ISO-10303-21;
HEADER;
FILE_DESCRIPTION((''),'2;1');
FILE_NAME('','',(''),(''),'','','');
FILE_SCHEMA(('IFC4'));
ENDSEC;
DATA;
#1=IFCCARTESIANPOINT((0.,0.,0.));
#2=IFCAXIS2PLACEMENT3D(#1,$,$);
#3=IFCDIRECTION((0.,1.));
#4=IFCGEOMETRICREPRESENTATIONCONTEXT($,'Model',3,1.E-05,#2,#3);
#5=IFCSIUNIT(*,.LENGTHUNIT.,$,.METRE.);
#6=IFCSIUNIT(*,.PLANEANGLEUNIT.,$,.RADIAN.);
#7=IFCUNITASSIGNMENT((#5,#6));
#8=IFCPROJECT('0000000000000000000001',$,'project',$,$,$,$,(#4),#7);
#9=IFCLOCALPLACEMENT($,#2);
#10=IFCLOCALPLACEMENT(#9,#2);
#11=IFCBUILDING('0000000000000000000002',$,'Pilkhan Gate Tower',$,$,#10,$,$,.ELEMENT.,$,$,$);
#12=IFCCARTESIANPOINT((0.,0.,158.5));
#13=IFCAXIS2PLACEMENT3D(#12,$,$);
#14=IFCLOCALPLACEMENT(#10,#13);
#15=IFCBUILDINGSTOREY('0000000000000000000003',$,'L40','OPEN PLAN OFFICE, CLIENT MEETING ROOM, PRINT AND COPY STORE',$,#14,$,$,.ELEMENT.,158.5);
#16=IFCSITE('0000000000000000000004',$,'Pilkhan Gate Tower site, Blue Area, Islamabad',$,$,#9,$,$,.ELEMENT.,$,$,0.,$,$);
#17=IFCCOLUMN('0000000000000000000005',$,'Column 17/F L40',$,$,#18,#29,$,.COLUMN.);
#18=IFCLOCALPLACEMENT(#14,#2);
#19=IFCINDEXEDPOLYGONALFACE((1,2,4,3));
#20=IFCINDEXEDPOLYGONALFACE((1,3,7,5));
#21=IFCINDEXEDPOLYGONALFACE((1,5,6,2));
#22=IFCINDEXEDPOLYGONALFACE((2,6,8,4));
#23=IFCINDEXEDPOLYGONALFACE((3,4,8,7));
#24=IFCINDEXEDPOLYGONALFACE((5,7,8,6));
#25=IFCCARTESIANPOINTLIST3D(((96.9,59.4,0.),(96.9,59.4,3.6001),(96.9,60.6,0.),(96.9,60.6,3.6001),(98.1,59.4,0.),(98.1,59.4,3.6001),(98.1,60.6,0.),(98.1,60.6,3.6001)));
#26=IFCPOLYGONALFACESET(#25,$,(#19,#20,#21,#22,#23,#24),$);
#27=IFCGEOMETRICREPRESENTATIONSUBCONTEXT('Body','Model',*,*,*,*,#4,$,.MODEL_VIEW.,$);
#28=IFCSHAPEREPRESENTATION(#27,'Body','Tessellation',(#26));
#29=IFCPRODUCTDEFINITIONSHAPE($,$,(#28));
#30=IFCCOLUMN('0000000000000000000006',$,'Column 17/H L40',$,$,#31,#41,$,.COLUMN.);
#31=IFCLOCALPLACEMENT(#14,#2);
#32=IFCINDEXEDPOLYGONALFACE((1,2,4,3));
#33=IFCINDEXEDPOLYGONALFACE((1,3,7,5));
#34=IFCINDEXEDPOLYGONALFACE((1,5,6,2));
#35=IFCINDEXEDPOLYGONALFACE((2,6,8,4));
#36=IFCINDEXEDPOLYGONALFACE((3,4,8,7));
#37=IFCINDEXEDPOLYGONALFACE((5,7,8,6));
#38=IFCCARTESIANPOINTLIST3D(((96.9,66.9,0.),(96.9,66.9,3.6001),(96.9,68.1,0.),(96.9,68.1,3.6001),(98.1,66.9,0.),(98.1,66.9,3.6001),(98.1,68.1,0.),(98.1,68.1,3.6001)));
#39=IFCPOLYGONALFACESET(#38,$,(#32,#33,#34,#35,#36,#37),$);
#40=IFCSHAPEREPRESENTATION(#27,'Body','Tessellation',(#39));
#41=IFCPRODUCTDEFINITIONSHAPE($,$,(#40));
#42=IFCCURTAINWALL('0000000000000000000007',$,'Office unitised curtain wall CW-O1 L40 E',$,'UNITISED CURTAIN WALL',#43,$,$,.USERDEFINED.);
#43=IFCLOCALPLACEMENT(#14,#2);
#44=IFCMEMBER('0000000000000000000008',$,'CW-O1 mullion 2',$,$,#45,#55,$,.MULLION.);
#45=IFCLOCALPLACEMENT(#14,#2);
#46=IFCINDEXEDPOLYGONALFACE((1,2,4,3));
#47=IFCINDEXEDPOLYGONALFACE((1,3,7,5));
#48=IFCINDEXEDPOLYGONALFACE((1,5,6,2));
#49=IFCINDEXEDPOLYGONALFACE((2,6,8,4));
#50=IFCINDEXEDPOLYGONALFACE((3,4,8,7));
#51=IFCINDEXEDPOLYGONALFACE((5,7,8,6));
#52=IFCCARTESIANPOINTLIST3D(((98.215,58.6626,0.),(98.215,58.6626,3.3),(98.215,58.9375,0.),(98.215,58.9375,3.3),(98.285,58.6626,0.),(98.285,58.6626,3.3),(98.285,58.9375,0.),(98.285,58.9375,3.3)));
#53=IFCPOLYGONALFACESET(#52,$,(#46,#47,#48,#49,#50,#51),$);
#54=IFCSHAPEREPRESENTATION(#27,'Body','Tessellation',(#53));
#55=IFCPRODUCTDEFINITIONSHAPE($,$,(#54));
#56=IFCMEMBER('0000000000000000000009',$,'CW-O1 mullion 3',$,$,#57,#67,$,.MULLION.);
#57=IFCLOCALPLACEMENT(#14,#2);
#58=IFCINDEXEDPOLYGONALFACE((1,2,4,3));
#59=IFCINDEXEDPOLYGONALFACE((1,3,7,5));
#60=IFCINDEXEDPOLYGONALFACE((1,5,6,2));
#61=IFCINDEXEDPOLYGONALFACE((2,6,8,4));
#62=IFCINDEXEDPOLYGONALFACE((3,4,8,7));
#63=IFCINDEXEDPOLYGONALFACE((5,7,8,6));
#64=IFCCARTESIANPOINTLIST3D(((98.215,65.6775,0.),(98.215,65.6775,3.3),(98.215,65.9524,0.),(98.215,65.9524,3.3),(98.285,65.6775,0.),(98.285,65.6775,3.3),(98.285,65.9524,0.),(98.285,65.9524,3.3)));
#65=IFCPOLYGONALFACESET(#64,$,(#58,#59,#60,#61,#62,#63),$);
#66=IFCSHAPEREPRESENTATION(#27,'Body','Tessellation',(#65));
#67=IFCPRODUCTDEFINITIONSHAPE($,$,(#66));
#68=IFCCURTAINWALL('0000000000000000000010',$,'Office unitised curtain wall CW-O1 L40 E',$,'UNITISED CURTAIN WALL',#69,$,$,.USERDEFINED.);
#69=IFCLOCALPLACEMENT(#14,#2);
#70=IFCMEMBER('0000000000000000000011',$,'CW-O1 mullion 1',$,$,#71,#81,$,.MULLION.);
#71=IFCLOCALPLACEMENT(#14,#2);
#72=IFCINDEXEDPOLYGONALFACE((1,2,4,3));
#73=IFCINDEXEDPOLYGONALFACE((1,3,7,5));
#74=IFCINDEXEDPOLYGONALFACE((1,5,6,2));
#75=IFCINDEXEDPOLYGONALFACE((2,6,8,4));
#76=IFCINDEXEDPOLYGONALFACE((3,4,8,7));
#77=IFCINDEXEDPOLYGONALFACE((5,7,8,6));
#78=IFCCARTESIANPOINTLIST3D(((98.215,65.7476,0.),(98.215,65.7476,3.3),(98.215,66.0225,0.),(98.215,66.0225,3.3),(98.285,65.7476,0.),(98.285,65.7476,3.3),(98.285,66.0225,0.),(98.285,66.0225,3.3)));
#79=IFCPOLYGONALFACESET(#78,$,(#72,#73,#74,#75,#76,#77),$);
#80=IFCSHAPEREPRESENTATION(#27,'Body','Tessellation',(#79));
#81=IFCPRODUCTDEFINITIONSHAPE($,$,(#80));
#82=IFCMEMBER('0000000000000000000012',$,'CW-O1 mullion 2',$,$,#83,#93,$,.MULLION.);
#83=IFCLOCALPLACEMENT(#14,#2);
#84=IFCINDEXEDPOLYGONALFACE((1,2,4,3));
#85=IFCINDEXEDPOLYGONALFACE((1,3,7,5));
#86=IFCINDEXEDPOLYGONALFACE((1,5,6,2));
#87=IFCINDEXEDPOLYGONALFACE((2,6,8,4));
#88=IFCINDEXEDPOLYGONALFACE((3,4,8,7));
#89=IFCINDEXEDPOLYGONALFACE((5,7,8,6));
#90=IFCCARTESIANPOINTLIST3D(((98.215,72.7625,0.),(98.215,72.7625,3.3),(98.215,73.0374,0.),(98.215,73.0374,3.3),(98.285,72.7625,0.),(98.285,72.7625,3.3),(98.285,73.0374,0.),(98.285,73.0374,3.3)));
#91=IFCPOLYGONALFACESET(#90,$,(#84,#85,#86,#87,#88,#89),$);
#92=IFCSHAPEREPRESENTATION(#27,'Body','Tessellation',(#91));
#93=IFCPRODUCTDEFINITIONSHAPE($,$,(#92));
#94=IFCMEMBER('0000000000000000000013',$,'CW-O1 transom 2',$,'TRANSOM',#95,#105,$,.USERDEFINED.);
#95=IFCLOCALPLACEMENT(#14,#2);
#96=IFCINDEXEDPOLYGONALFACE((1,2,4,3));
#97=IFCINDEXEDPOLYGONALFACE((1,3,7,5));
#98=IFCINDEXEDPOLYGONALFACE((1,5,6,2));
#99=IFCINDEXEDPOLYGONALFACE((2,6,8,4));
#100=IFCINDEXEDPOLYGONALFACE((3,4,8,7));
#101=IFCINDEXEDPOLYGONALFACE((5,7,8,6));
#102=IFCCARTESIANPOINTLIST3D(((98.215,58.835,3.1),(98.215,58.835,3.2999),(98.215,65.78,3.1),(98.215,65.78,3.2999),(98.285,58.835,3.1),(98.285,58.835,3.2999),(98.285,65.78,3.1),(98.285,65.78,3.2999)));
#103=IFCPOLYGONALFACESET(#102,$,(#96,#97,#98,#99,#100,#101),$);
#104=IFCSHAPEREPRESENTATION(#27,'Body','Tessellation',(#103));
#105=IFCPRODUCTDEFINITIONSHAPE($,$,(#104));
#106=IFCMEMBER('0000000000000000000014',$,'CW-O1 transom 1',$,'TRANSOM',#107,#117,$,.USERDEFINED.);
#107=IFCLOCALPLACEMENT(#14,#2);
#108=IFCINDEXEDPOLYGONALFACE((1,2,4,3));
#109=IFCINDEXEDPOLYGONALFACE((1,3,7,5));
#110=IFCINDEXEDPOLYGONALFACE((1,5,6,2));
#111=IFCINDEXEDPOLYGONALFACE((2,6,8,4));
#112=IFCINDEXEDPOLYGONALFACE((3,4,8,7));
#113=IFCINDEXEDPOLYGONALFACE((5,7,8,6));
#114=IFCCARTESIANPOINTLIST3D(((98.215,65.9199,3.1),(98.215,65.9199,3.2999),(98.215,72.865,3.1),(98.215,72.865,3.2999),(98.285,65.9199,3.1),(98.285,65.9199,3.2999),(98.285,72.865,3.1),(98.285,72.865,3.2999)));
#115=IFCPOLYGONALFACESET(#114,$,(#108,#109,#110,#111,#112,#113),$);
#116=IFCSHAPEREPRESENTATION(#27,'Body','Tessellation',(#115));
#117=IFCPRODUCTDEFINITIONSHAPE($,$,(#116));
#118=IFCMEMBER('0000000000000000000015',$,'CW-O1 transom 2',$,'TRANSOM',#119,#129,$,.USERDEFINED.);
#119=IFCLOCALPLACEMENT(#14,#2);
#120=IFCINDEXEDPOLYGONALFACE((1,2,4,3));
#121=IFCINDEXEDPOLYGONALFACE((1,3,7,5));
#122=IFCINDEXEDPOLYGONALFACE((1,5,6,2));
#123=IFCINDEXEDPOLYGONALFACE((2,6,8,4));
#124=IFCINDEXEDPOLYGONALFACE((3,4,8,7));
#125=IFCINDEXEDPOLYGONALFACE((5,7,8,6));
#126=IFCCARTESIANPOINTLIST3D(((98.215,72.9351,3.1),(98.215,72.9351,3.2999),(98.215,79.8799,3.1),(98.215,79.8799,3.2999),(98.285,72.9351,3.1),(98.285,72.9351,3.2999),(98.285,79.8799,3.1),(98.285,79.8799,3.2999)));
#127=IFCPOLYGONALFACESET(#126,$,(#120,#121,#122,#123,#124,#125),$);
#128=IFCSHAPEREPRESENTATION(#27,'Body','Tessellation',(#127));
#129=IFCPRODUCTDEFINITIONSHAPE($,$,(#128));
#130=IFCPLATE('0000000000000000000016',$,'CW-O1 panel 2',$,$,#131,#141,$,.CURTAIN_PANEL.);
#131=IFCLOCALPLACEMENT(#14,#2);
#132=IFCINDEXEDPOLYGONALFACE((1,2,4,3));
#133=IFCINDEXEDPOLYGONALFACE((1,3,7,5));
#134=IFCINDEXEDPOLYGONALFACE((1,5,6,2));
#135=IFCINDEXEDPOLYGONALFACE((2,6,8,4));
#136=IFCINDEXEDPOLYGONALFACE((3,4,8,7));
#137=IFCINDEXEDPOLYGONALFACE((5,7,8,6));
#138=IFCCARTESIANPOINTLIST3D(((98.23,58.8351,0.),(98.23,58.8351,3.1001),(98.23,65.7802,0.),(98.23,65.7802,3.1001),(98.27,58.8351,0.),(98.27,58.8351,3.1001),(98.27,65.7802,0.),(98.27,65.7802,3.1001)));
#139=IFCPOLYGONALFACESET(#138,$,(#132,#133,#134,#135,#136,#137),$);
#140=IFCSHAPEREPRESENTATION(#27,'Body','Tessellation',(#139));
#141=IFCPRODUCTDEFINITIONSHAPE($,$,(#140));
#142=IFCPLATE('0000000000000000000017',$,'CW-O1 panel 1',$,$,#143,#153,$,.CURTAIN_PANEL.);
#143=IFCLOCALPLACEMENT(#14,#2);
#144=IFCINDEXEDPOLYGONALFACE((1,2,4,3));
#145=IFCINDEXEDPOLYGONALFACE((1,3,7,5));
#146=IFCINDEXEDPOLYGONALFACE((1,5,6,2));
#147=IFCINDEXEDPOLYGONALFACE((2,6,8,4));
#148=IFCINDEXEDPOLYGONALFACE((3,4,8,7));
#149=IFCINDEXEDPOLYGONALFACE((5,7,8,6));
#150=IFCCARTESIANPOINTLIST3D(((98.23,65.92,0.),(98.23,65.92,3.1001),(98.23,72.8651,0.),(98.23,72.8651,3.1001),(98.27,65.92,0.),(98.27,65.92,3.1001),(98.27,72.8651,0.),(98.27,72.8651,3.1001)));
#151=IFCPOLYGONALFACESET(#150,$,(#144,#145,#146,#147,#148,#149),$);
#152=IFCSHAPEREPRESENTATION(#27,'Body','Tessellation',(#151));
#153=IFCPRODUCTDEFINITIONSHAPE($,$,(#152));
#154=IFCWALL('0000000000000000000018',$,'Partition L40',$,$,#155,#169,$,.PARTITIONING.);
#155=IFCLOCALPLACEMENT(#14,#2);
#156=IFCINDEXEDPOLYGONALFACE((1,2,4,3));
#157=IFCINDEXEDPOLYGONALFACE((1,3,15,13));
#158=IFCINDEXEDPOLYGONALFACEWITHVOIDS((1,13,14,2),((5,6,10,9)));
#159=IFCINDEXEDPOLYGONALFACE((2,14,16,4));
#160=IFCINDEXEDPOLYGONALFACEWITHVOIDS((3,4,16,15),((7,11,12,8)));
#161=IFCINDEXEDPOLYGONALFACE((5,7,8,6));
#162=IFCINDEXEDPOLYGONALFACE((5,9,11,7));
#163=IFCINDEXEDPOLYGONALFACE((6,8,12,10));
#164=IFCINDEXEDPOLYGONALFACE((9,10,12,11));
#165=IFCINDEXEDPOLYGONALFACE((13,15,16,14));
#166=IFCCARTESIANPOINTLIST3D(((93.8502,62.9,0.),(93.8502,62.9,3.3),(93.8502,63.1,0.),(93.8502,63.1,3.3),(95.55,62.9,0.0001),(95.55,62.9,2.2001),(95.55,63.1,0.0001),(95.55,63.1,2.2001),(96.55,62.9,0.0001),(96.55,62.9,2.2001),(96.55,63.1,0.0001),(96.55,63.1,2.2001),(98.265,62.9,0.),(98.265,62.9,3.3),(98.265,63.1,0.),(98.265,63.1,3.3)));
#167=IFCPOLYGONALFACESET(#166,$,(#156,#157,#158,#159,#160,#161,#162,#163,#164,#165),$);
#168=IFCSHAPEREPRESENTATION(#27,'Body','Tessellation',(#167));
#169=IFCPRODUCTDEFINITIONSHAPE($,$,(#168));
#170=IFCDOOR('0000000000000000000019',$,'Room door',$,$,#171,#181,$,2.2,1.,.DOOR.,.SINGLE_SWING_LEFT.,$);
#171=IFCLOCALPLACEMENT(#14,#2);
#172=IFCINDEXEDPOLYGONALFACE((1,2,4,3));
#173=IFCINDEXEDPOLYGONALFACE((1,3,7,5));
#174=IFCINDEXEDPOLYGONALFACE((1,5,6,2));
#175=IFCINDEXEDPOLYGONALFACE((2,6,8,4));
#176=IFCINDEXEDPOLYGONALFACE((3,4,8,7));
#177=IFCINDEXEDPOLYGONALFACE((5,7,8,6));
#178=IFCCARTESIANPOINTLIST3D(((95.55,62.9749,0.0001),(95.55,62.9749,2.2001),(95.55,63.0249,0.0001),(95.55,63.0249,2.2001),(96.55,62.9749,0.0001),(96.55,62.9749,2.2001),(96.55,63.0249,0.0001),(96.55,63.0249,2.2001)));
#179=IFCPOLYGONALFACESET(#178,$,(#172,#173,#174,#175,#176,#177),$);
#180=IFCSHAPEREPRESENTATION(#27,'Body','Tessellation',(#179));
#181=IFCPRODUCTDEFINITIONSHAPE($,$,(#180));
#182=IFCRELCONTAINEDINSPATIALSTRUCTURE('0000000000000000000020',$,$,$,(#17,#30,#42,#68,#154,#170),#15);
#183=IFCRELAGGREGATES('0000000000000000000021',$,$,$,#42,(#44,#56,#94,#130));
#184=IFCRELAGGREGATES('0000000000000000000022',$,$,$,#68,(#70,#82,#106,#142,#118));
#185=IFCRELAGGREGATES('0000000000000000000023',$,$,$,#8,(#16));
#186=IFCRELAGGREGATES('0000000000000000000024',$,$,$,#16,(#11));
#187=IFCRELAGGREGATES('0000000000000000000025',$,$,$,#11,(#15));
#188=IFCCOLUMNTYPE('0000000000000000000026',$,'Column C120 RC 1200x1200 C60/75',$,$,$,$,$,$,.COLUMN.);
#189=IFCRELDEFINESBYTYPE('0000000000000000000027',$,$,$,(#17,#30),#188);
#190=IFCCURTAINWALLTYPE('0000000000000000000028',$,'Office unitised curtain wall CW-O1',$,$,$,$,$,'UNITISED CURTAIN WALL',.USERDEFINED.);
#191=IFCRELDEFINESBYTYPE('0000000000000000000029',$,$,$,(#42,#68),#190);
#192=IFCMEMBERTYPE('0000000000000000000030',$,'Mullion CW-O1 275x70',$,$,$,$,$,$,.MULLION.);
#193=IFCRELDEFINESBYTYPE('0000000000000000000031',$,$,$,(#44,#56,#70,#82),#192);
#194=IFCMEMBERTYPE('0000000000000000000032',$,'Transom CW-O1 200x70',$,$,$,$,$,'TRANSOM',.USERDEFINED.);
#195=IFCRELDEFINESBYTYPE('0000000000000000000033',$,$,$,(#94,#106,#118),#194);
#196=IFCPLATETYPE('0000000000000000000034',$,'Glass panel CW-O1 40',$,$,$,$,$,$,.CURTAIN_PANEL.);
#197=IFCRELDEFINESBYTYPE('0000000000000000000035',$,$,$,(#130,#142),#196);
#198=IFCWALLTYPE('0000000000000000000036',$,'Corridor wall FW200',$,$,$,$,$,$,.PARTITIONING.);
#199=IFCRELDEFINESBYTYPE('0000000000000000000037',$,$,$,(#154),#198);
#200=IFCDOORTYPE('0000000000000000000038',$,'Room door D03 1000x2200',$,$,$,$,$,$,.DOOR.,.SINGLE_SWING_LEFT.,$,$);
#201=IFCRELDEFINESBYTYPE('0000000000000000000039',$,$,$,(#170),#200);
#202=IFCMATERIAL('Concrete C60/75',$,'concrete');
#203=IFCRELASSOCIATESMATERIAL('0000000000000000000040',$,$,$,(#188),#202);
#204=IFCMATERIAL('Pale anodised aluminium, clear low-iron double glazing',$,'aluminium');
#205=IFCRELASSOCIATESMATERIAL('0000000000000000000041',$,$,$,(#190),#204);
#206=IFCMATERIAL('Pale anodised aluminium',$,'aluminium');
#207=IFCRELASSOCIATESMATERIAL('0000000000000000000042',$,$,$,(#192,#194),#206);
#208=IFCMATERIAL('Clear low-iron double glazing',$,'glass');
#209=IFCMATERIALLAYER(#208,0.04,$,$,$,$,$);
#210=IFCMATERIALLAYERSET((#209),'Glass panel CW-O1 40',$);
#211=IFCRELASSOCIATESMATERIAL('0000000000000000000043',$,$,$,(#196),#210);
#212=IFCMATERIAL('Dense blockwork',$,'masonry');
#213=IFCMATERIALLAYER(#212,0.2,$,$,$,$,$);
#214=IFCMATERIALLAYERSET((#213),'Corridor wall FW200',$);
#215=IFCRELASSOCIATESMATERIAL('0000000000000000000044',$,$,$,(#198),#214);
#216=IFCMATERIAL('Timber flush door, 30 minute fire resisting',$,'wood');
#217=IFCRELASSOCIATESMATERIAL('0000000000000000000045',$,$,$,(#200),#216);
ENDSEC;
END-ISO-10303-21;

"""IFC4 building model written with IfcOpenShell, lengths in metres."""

from ifc_helpers import new_model, si_unit, direction, frame, frame_2d, origin, origin_2d, place, context, subcontext, project, spatial, rectangle, extrude, material, layer, layer_set, material_profile, profile_set, type_object, element, fill, aggregate, save


model = new_model("IFC4")

# Units and contexts
model_context = context("Model", 3, precision=1e-05, world=origin(), true_north=direction((0.0, 1.0)))
body_context = subcontext(model_context, "Body", "Model", "MODEL_VIEW")
ifc_project = project(units=[si_unit("LENGTHUNIT", "METRE"), si_unit("PLANEANGLEUNIT", "RADIAN")], contexts=[model_context])

# Site, building, storey
site_placement = place(None, origin())
site = spatial("IfcSite", under=ifc_project, at=site_placement, Name="Pilkhan Gate Tower site, Blue Area, Islamabad", CompositionType="ELEMENT", RefElevation=0.0)
building_placement = place(site_placement, origin())
building = spatial("IfcBuilding", under=site, at=building_placement, Name="Pilkhan Gate Tower", CompositionType="ELEMENT")
storey_placement = place(building_placement, frame((0.0, 0.0, 158.5)))
storey = spatial("IfcBuildingStorey", under=building, at=storey_placement, Name="L40", Description="OPEN PLAN OFFICE, CLIENT MEETING ROOM, PRINT AND COPY STORE", CompositionType="ELEMENT", Elevation=158.5)

# Columns
ifc_material_1 = material(Name="Concrete C60/75", Category="concrete")
ifc_material_profile_1 = material_profile(ifc_material_1, rectangle(XDim=1.2, YDim=1.2, at=origin_2d()), Name="RC 1200x1200")
ifc_profile_set_1 = profile_set([ifc_material_profile_1], Name="Concrete C60/75")
column_type = type_object("IfcColumnType", Name="Column C120 RC 1200x1200 C60/75", PredefinedType="COLUMN", material=ifc_profile_set_1)
for number, where, z_axis, x_axis, name in (
    (1, (97.5, 60.0, 0.0), (0.0, 0.0, 1.0), (1.0, 0.0, 0.0), "Column 17/F L40"),
    (2, (97.5, 67.5, 0.0), (0.0, 0.0, 1.0), (1.0, 0.0, 0.0), "Column 17/H L40"),
):
    element("IfcColumn", number, at=place(storey_placement, frame(where, z_axis=z_axis, x_axis=x_axis)), inside=storey, type_object=column_type, Name=name, PredefinedType="COLUMN", context=body_context, shape_type="SweptSolid", body=[
        extrude(rectangle(XDim=1.2, YDim=1.2, at=origin_2d()), origin(), (0.0, 0.0, 1.0), 3.6001),
    ])

# Curtain walls, members
ifc_material_2 = material(Name="Pale anodised aluminium, clear low-iron double glazing", Category="aluminium")
curtain_wall_type = type_object("IfcCurtainWallType", Name="Office unitised curtain wall CW-O1", ElementType="UNITISED CURTAIN WALL", PredefinedType="USERDEFINED", material=ifc_material_2)
curtain_wall_1_placement = place(storey_placement, origin())
curtain_wall_1 = element("IfcCurtainWall", 3, at=curtain_wall_1_placement, inside=storey, type_object=curtain_wall_type, Name="Office unitised curtain wall CW-O1 L40 E", ObjectType="UNITISED CURTAIN WALL", PredefinedType="USERDEFINED")
ifc_material_3 = material(Name="Pale anodised aluminium", Category="aluminium")
ifc_material_profile_2 = material_profile(ifc_material_3, rectangle(XDim=0.0701, YDim=0.2749, at=origin_2d()), Name="Mullion 275x70")
ifc_profile_set_2 = profile_set([ifc_material_profile_2], Name="Pale anodised aluminium")
member_type_1 = type_object("IfcMemberType", Name="Mullion CW-O1 275x70", PredefinedType="MULLION", material=ifc_profile_set_2)
member_1_placement = place(storey_placement, frame((98.25, 58.8, 0.0), z_axis=(0.0, 0.0, 1.0), x_axis=(-1.0, 0.0, 0.0)))
member_1 = element("IfcMember", 4, at=member_1_placement, type_object=member_type_1, Name="CW-O1 mullion 2", PredefinedType="MULLION", context=body_context, shape_type="SweptSolid", body=[
    extrude(rectangle(XDim=0.0701, YDim=0.2749, at=origin_2d()), origin(), (0.0, 0.0, 1.0), 3.3),
])
member_2_placement = place(storey_placement, frame((98.25, 65.8149, 0.0), z_axis=(0.0, 0.0, 1.0), x_axis=(-1.0, 0.0, 0.0)))
member_2 = element("IfcMember", 5, at=member_2_placement, type_object=member_type_1, Name="CW-O1 mullion 3", PredefinedType="MULLION", context=body_context, shape_type="SweptSolid", body=[
    extrude(rectangle(XDim=0.0701, YDim=0.2749, at=origin_2d()), origin(), (0.0, 0.0, 1.0), 3.3),
])
curtain_wall_2_placement = place(storey_placement, origin())
curtain_wall_2 = element("IfcCurtainWall", 6, at=curtain_wall_2_placement, inside=storey, type_object=curtain_wall_type, Name="Office unitised curtain wall CW-O1 L40 E", ObjectType="UNITISED CURTAIN WALL", PredefinedType="USERDEFINED")
member_3_placement = place(storey_placement, frame((98.25, 65.885, 0.0), z_axis=(0.0, 0.0, 1.0), x_axis=(-1.0, 0.0, 0.0)))
member_3 = element("IfcMember", 7, at=member_3_placement, type_object=member_type_1, Name="CW-O1 mullion 1", PredefinedType="MULLION", context=body_context, shape_type="SweptSolid", body=[
    extrude(rectangle(XDim=0.0701, YDim=0.2749, at=origin_2d()), origin(), (0.0, 0.0, 1.0), 3.3),
])
member_4_placement = place(storey_placement, frame((98.25, 72.8999, 0.0), z_axis=(0.0, 0.0, 1.0), x_axis=(-1.0, 0.0, 0.0)))
member_4 = element("IfcMember", 8, at=member_4_placement, type_object=member_type_1, Name="CW-O1 mullion 2", PredefinedType="MULLION", context=body_context, shape_type="SweptSolid", body=[
    extrude(rectangle(XDim=0.0701, YDim=0.2749, at=origin_2d()), origin(), (0.0, 0.0, 1.0), 3.3),
])

# Members
ifc_material_profile_3 = material_profile(ifc_material_3, rectangle(XDim=0.0701, YDim=0.2, at=origin_2d()), Name="Transom 200x70")
ifc_profile_set_3 = profile_set([ifc_material_profile_3], Name="Pale anodised aluminium")
member_type_2 = type_object("IfcMemberType", Name="Transom CW-O1 200x70", ElementType="TRANSOM", PredefinedType="USERDEFINED", material=ifc_profile_set_3)
member_5_placement = place(storey_placement, frame((98.25, 58.835, 3.2), z_axis=(0.0, 1.0, 0.0), x_axis=(-1.0, 0.0, 0.0)))
member_5 = element("IfcMember", 9, at=member_5_placement, type_object=member_type_2, Name="CW-O1 transom 2", ObjectType="TRANSOM", PredefinedType="USERDEFINED", context=body_context, shape_type="SweptSolid", body=[
    extrude(rectangle(XDim=0.0701, YDim=0.2, at=origin_2d()), origin(), (0.0, 0.0, 1.0), 6.9451),
])
member_6_placement = place(storey_placement, frame((98.25, 65.9199, 3.2), z_axis=(0.0, 1.0, 0.0), x_axis=(-1.0, 0.0, 0.0)))
member_6 = element("IfcMember", 10, at=member_6_placement, type_object=member_type_2, Name="CW-O1 transom 1", ObjectType="TRANSOM", PredefinedType="USERDEFINED", context=body_context, shape_type="SweptSolid", body=[
    extrude(rectangle(XDim=0.0701, YDim=0.2, at=origin_2d()), origin(), (0.0, 0.0, 1.0), 6.9451),
])
member_7_placement = place(storey_placement, frame((98.25, 72.9351, 3.2), z_axis=(0.0, 1.0, 0.0), x_axis=(-1.0, 0.0, 0.0)))
member_7 = element("IfcMember", 11, at=member_7_placement, type_object=member_type_2, Name="CW-O1 transom 2", ObjectType="TRANSOM", PredefinedType="USERDEFINED", context=body_context, shape_type="SweptSolid", body=[
    extrude(rectangle(XDim=0.0701, YDim=0.2, at=origin_2d()), origin(), (0.0, 0.0, 1.0), 6.9448),
])

# Plates
ifc_material_4 = material(Name="Clear low-iron double glazing", Category="glass")
ifc_layer_1 = layer(ifc_material_4, 0.04)
ifc_layer_set_1 = layer_set([ifc_layer_1], Name="Glass panel CW-O1 40")
plate_type = type_object("IfcPlateType", Name="Glass panel CW-O1 40", PredefinedType="CURTAIN_PANEL", material=ifc_layer_set_1)
plate_1_placement = place(storey_placement, frame((98.25, 62.3076, 0.0), z_axis=(0.0, 0.0, 1.0), x_axis=(0.0, 1.0, 0.0)))
plate_1 = element("IfcPlate", 12, at=plate_1_placement, type_object=plate_type, Name="CW-O1 panel 2", PredefinedType="CURTAIN_PANEL", context=body_context, shape_type="SweptSolid", body=[
    extrude(rectangle(XDim=6.9451, YDim=0.04, at=origin_2d()), origin(), (0.0, 0.0, 1.0), 3.1001),
])
aggregate(curtain_wall_1, [member_1, member_2, member_5, plate_1])
plate_2_placement = place(storey_placement, frame((98.25, 69.3926, 0.0), z_axis=(0.0, 0.0, 1.0), x_axis=(0.0, 1.0, 0.0)))
plate_2 = element("IfcPlate", 13, at=plate_2_placement, type_object=plate_type, Name="CW-O1 panel 1", PredefinedType="CURTAIN_PANEL", context=body_context, shape_type="SweptSolid", body=[
    extrude(rectangle(XDim=6.9451, YDim=0.04, at=origin_2d()), origin(), (0.0, 0.0, 1.0), 3.1001),
])
aggregate(curtain_wall_2, [member_3, member_4, member_6, plate_2, member_7])

# Wall, opening, door
ifc_material_5 = material(Name="Dense blockwork", Category="masonry")
ifc_layer_2 = layer(ifc_material_5, 0.2)
ifc_layer_set_2 = layer_set([ifc_layer_2], Name="Corridor wall FW200")
wall_type_1 = type_object("IfcWallType", Name="Corridor wall FW200", PredefinedType="PARTITIONING", material=ifc_layer_set_2)
wall_1_placement = place(storey_placement, frame((93.8501, 63.0, 0.0), z_axis=(0.0, 0.0, 1.0), x_axis=(1.0, 0.0, 0.0)))
wall_1 = element("IfcWall", 14, at=wall_1_placement, inside=storey, type_object=wall_type_1, Name="Partition L40", PredefinedType="PARTITIONING", context=body_context, shape_type="SweptSolid", body=[
    extrude(rectangle(XDim=4.4148, YDim=0.2, at=frame_2d((2.2075, 0.0))), origin(), (0.0, 0.0, 1.0), 3.3),
])
opening_1_placement = place(wall_1_placement, frame((1.7, 0.0, 0.0)))
opening_1 = element("IfcOpeningElement", 15, at=opening_1_placement, cuts=wall_1, PredefinedType="OPENING", context=body_context, shape_type="SweptSolid", body=[
    extrude(rectangle(XDim=1.0, YDim=2.2, at=frame_2d((0.5, 1.1001))), frame((0.0, 0.1099, 0.0), z_axis=(0.0, -1.0, 0.0), x_axis=(1.0, 0.0, 0.0)), (0.0, 0.0, 1.0), 0.22),
])
ifc_material_6 = material(Name="Timber flush door, 30 minute fire resisting", Category="wood")
door_type_1 = type_object("IfcDoorType", Name="Room door D03 1000x2200", OperationType="SINGLE_SWING_LEFT", PredefinedType="DOOR", material=ifc_material_6)
door_1_placement = place(opening_1_placement, origin())
door_1 = element("IfcDoor", 16, at=door_1_placement, inside=storey, type_object=door_type_1, Name="Room door", OperationType="SINGLE_SWING_LEFT", OverallHeight=2.2, OverallWidth=1.0, PredefinedType="DOOR", context=body_context, shape_type="SweptSolid", body=[
    extrude(rectangle(XDim=1.0, YDim=2.2, at=frame_2d((0.5, 1.1001))), frame((0.0, 0.0249, 0.0), z_axis=(0.0, -1.0, 0.0), x_axis=(1.0, 0.0, 0.0)), (0.0, 0.0, 1.0), 0.05),
])
fill(opening_1, door_1)

save(model, "model.ifc")
